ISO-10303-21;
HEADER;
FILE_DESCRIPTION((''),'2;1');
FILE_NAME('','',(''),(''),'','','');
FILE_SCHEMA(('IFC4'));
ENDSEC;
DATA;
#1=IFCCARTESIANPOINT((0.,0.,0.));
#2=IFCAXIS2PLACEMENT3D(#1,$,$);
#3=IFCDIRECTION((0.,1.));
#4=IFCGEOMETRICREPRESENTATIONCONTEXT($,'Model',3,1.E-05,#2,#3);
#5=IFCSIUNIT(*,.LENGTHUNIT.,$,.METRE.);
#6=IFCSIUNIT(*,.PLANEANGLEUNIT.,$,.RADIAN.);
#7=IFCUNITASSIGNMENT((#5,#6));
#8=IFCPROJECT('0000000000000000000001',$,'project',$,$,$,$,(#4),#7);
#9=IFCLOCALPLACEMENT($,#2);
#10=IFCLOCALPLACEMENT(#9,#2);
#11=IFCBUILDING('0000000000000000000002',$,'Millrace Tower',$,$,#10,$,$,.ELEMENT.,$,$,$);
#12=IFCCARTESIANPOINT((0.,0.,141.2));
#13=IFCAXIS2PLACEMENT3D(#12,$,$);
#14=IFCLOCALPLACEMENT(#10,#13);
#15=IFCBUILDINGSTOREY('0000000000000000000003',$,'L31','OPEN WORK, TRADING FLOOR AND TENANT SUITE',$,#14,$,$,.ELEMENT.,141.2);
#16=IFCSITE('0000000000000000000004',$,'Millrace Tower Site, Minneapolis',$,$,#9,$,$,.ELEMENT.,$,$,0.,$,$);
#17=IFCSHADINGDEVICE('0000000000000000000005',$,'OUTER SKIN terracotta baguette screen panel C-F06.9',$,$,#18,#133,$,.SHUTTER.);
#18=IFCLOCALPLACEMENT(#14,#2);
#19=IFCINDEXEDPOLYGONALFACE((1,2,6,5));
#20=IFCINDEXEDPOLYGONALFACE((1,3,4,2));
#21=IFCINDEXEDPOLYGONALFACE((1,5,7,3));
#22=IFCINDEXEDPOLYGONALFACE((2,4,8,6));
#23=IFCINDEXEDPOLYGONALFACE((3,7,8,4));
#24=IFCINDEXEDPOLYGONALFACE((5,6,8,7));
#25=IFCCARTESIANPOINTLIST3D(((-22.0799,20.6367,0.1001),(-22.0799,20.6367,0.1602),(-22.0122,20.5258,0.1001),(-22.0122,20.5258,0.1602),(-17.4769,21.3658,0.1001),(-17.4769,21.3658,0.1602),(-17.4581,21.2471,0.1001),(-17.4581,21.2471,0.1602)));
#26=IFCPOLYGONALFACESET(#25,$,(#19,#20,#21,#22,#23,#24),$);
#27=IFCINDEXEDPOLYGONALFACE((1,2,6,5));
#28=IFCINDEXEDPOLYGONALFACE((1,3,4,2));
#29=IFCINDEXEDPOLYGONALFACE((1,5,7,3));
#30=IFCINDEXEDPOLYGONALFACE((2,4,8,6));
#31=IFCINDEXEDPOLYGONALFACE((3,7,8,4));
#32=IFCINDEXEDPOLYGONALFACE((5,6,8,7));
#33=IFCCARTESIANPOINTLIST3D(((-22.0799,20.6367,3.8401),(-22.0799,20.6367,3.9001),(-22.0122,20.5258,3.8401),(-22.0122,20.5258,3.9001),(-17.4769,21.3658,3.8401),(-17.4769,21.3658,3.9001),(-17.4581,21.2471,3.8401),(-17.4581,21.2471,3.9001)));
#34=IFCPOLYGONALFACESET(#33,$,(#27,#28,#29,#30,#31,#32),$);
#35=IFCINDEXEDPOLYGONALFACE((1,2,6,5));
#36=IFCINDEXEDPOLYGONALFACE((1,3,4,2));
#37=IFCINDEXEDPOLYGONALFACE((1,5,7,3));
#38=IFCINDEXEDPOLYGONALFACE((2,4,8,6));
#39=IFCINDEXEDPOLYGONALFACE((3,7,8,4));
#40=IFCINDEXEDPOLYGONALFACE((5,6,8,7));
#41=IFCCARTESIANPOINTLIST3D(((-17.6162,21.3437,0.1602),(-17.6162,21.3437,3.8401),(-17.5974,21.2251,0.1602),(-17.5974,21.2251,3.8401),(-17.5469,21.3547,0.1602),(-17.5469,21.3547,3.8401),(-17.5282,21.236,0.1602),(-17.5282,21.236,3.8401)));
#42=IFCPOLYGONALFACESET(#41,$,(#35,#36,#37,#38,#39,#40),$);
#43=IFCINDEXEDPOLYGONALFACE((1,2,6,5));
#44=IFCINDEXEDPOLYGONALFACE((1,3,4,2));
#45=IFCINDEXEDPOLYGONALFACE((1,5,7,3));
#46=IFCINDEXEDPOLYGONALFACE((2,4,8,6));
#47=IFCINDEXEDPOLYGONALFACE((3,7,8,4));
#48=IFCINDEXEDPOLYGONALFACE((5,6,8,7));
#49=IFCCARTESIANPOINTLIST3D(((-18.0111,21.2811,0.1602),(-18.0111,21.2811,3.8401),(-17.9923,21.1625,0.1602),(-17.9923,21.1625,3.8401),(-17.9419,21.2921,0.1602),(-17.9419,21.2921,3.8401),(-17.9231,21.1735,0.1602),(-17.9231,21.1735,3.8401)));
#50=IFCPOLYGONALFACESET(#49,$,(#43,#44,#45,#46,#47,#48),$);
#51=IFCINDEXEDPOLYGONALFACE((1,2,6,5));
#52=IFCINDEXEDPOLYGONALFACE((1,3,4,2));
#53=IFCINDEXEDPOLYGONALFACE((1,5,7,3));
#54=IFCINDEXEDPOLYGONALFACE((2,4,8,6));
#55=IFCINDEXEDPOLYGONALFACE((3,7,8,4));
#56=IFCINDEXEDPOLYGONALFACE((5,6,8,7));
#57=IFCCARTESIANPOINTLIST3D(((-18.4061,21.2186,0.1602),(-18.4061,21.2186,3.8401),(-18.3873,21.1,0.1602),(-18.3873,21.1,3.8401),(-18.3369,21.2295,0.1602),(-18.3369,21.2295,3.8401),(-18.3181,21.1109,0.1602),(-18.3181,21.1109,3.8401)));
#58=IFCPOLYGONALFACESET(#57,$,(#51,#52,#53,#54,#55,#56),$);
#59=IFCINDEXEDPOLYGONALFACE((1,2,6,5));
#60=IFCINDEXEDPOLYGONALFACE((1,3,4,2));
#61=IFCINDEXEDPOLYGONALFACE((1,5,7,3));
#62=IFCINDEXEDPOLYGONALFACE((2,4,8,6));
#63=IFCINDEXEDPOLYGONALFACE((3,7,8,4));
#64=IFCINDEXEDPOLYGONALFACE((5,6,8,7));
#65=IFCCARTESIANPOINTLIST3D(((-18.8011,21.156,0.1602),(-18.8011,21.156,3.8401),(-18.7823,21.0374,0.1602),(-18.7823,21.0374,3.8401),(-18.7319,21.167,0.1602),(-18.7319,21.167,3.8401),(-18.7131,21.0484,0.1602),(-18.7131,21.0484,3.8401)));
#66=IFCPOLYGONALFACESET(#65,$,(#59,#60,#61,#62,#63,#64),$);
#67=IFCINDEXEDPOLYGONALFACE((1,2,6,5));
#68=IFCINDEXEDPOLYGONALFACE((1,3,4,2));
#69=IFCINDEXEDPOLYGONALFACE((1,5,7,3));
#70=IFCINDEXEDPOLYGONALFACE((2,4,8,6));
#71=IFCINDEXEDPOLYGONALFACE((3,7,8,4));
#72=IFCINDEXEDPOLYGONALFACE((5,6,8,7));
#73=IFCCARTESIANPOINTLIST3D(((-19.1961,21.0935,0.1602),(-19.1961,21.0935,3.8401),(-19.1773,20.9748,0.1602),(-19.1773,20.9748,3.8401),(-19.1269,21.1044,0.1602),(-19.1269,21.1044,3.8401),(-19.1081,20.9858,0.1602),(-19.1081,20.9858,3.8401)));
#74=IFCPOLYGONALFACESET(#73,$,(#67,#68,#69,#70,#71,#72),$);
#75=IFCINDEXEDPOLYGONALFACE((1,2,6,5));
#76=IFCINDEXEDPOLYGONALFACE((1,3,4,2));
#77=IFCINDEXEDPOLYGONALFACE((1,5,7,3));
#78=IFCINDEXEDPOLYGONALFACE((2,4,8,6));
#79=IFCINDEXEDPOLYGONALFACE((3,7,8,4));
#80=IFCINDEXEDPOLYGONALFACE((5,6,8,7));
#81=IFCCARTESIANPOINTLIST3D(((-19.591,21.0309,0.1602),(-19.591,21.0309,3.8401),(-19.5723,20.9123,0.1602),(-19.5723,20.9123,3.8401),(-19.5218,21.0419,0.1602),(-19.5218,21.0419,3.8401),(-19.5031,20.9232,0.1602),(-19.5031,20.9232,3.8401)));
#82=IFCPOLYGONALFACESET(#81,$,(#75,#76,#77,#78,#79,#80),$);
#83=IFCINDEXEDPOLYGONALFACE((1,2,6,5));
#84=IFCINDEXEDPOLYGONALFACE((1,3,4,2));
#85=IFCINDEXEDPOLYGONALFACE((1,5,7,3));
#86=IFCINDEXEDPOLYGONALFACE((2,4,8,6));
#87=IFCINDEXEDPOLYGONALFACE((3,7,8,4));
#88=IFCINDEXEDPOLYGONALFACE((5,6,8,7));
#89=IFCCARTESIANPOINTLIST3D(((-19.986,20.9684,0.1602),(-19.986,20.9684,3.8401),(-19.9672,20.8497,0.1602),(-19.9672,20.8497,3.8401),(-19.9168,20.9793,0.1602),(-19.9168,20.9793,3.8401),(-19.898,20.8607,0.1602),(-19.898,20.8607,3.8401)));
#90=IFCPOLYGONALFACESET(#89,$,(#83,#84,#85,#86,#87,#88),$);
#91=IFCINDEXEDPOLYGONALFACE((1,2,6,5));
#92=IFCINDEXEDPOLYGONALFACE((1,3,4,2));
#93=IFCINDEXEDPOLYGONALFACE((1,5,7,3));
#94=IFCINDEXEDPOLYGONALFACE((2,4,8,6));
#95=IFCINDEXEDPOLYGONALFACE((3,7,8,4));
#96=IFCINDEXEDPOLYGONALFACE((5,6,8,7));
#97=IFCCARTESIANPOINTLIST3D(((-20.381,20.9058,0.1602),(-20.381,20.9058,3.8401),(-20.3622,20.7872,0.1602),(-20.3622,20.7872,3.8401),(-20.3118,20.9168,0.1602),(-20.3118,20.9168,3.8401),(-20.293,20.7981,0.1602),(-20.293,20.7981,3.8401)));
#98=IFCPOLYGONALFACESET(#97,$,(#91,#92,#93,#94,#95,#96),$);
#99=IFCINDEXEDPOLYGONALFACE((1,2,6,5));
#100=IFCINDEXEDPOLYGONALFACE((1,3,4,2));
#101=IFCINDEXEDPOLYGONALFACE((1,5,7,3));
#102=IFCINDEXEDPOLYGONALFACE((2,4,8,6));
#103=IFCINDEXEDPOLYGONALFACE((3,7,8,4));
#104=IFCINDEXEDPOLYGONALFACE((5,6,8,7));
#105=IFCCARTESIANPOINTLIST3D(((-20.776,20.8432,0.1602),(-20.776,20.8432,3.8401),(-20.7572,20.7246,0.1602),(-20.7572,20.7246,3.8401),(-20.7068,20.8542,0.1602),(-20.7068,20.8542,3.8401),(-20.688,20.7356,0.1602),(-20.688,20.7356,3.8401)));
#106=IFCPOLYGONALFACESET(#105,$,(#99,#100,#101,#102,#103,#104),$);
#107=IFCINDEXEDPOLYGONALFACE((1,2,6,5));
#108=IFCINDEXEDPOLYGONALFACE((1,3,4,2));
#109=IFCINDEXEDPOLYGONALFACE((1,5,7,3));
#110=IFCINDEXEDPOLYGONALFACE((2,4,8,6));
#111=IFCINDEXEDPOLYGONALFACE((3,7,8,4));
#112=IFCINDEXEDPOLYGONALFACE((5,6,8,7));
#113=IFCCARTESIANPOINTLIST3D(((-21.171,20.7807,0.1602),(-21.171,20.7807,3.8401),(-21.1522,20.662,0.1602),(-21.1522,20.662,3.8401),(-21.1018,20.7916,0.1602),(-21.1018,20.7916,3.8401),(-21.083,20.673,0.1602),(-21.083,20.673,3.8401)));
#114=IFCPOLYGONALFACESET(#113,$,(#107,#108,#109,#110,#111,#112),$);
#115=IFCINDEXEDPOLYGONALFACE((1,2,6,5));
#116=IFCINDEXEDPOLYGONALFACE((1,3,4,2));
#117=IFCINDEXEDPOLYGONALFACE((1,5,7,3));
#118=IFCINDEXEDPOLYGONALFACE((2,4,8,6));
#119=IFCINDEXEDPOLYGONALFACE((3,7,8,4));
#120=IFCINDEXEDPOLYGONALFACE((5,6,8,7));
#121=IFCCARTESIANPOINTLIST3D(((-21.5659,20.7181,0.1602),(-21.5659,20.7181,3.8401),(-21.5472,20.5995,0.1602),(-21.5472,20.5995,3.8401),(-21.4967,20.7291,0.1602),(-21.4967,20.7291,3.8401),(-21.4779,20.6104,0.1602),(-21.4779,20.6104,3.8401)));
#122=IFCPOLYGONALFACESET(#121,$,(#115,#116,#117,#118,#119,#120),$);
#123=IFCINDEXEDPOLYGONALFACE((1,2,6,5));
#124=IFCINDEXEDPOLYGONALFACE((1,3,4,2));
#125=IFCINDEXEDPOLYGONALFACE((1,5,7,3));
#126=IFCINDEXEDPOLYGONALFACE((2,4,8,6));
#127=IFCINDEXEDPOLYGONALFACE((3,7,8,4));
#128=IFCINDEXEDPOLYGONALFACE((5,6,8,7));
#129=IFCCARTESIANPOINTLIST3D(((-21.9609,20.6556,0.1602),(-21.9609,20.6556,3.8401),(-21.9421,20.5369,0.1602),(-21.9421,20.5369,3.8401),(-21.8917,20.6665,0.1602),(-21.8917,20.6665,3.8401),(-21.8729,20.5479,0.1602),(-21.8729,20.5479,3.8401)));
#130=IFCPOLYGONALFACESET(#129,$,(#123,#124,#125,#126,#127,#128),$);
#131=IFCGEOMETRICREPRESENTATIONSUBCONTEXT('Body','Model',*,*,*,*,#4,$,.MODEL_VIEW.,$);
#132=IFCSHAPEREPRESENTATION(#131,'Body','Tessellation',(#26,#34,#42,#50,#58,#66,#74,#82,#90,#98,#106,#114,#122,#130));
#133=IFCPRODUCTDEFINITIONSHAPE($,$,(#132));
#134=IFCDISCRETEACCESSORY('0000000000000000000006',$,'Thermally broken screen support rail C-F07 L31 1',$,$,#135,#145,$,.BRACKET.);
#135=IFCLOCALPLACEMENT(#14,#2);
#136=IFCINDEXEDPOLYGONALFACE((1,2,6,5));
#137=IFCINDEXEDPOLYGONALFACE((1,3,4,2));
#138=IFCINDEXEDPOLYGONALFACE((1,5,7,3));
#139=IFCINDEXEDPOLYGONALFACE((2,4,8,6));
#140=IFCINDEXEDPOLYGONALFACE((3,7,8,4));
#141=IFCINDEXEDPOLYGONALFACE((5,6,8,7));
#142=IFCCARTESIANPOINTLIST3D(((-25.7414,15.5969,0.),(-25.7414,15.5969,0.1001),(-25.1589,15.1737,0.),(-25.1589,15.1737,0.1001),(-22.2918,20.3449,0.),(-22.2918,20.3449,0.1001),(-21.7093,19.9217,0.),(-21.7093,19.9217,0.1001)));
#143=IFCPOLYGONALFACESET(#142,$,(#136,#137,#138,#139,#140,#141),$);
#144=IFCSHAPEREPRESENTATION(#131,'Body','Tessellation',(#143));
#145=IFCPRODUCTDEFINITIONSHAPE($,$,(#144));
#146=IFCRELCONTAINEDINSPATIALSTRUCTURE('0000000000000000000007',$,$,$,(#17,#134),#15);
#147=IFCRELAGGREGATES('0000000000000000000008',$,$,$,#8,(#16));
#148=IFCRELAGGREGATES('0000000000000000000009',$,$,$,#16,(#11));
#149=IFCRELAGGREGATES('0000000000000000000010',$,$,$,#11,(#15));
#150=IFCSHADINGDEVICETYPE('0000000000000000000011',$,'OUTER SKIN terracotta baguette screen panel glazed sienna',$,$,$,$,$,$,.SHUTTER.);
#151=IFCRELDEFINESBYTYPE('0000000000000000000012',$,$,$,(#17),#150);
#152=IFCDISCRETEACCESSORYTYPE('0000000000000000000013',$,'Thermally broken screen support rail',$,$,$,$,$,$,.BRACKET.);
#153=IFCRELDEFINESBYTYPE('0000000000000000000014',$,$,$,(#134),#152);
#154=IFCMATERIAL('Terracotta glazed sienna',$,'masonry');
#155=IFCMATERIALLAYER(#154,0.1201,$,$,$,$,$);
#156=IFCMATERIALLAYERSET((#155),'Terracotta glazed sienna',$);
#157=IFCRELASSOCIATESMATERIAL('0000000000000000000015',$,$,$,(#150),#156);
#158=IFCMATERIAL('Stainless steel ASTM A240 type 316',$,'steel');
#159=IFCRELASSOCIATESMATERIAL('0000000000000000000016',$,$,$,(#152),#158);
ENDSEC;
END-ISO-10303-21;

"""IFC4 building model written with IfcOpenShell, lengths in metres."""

from ifc_helpers import new_model, entity, si_unit, direction, frame, frame_2d, origin, origin_2d, place, context, subcontext, project, spatial, rectangle, extrude, source, transform, mapped, material, layer, layer_set, type_object, element, save


model = new_model("IFC4")

# Units and contexts
model_context = context("Model", 3, precision=1e-05, world=origin(), true_north=direction((0.0, 1.0)))
body_context = subcontext(model_context, "Body", "Model", "MODEL_VIEW")
ifc_project = project(units=[si_unit("LENGTHUNIT", "METRE"), si_unit("PLANEANGLEUNIT", "RADIAN")], contexts=[model_context])

# Site, building, storey
site_placement = place(None, origin())
site = spatial("IfcSite", under=ifc_project, at=site_placement, Name="Millrace Tower Site, Minneapolis", CompositionType="ELEMENT", RefElevation=0.0)
building_placement = place(site_placement, origin())
building = spatial("IfcBuilding", under=site, at=building_placement, Name="Millrace Tower", CompositionType="ELEMENT")
storey_placement = place(building_placement, frame((0.0, 0.0, 141.2)))
storey = spatial("IfcBuildingStorey", under=building, at=storey_placement, Name="L31", Description="OPEN WORK, TRADING FLOOR AND TENANT SUITE", CompositionType="ELEMENT", Elevation=141.2)

# Shading device
ifc_material_1 = material(Name="Terracotta glazed sienna", Category="masonry")
ifc_layer_1 = layer(ifc_material_1, 0.1201)
ifc_layer_set_1 = layer_set([ifc_layer_1], Name="Terracotta glazed sienna")
shading_device_type = type_object("IfcShadingDeviceType", Name="OUTER SKIN terracotta baguette screen panel glazed sienna", PredefinedType="SHUTTER", material=ifc_layer_set_1)
cartesian_point_1 = entity("IfcCartesianPoint", [-2.3179, 0.0601])
shared_polyline_1 = entity("IfcPolyline", [cartesian_point_1, entity("IfcCartesianPoint", [2.293, 0.0601]), entity("IfcCartesianPoint", [2.3425, -0.0601]), entity("IfcCartesianPoint", [-2.3179, -0.0601]), cartesian_point_1])
shared_shape_1 = source(origin(), body_context, "Body", "SweptSolid", [
    entity("IfcExtrudedAreaSolid", entity("IfcArbitraryClosedProfileDef", "AREA", None, shared_polyline_1), entity("IfcAxis2Placement3D", entity("IfcCartesianPoint", [0.0, 0.0, 0.0])), entity("IfcDirection", [0.0, 0.0, 1.0]), 0.0601),
    entity("IfcExtrudedAreaSolid", entity("IfcArbitraryClosedProfileDef", "AREA", None, shared_polyline_1), entity("IfcAxis2Placement3D", entity("IfcCartesianPoint", [0.0, 0.0, 3.74])), entity("IfcDirection", [0.0, 0.0, 1.0]), 0.0601),
    extrude(rectangle(XDim=0.0701, YDim=0.1201, at=frame_2d((-2.2119, 0.0))), frame((0.0, 0.0, 0.0601)), (0.0, 0.0, 1.0), 3.6799),
    extrude(rectangle(XDim=0.0701, YDim=0.1201, at=frame_2d((-1.812, 0.0))), frame((0.0, 0.0, 0.0601)), (0.0, 0.0, 1.0), 3.6799),
    extrude(rectangle(XDim=0.0701, YDim=0.1201, at=frame_2d((-1.4121, 0.0))), frame((0.0, 0.0, 0.0601)), (0.0, 0.0, 1.0), 3.6799),
    extrude(rectangle(XDim=0.0701, YDim=0.1201, at=frame_2d((-1.0122, 0.0))), frame((0.0, 0.0, 0.0601)), (0.0, 0.0, 1.0), 3.6799),
    extrude(rectangle(XDim=0.0701, YDim=0.1201, at=frame_2d((-0.6123, 0.0))), frame((0.0, 0.0, 0.0601)), (0.0, 0.0, 1.0), 3.6799),
    extrude(rectangle(XDim=0.0701, YDim=0.1201, at=frame_2d((-0.2124, 0.0))), frame((0.0, 0.0, 0.0601)), (0.0, 0.0, 1.0), 3.6799),
    extrude(rectangle(XDim=0.0701, YDim=0.1201, at=frame_2d((0.1875, 0.0))), frame((0.0, 0.0, 0.0601)), (0.0, 0.0, 1.0), 3.6799),
    extrude(rectangle(XDim=0.0701, YDim=0.1201, at=frame_2d((0.5874, 0.0))), frame((0.0, 0.0, 0.0601)), (0.0, 0.0, 1.0), 3.6799),
    extrude(rectangle(XDim=0.0701, YDim=0.1201, at=frame_2d((0.9873, 0.0))), frame((0.0, 0.0, 0.0601)), (0.0, 0.0, 1.0), 3.6799),
    extrude(rectangle(XDim=0.0701, YDim=0.1201, at=frame_2d((1.3872, 0.0))), frame((0.0, 0.0, 0.0601)), (0.0, 0.0, 1.0), 3.6799),
    extrude(rectangle(XDim=0.0701, YDim=0.1201, at=frame_2d((1.7871, 0.0))), frame((0.0, 0.0, 0.0601)), (0.0, 0.0, 1.0), 3.6799),
    extrude(rectangle(XDim=0.0701, YDim=0.1201, at=frame_2d((2.187, 0.0))), frame((0.0, 0.0, 0.0601)), (0.0, 0.0, 1.0), 3.6799),
])
shading_device_1_placement = place(storey_placement, frame((-19.7568, 20.9438, 0.1001), z_axis=(0.0, 0.0, 1.0), x_axis=(-0.987688, -0.156434, 0.0)))
element("IfcShadingDevice", 1, at=shading_device_1_placement, inside=storey, type_object=shading_device_type, Name="OUTER SKIN terracotta baguette screen panel C-F06.9", PredefinedType="SHUTTER", context=body_context, shape_type="MappedRepresentation", body=[
    mapped(shared_shape_1, transform((0.0, 0.0, 0.0), scale=1.0)),
])

# Discrete accessory
ifc_material_2 = material(Name="Stainless steel ASTM A240 type 316", Category="steel")
discrete_accessory_type = type_object("IfcDiscreteAccessoryType", Name="Thermally broken screen support rail", PredefinedType="BRACKET", material=ifc_material_2)
discrete_accessory_placement = place(storey_placement, frame((-23.7253, 17.7593, 0.0), z_axis=(0.0, 0.0, 1.0), x_axis=(-0.587785, -0.809017, 0.0)))
element("IfcDiscreteAccessory", 2, at=discrete_accessory_placement, inside=storey, type_object=discrete_accessory_type, Name="Thermally broken screen support rail C-F07 L31 1", PredefinedType="BRACKET", context=body_context, shape_type="SweptSolid", body=[
    extrude(rectangle(XDim=5.8689, YDim=0.72, at=origin_2d()), origin(), (0.0, 0.0, 1.0), 0.1001),
])

save(model, "model.ifc")
